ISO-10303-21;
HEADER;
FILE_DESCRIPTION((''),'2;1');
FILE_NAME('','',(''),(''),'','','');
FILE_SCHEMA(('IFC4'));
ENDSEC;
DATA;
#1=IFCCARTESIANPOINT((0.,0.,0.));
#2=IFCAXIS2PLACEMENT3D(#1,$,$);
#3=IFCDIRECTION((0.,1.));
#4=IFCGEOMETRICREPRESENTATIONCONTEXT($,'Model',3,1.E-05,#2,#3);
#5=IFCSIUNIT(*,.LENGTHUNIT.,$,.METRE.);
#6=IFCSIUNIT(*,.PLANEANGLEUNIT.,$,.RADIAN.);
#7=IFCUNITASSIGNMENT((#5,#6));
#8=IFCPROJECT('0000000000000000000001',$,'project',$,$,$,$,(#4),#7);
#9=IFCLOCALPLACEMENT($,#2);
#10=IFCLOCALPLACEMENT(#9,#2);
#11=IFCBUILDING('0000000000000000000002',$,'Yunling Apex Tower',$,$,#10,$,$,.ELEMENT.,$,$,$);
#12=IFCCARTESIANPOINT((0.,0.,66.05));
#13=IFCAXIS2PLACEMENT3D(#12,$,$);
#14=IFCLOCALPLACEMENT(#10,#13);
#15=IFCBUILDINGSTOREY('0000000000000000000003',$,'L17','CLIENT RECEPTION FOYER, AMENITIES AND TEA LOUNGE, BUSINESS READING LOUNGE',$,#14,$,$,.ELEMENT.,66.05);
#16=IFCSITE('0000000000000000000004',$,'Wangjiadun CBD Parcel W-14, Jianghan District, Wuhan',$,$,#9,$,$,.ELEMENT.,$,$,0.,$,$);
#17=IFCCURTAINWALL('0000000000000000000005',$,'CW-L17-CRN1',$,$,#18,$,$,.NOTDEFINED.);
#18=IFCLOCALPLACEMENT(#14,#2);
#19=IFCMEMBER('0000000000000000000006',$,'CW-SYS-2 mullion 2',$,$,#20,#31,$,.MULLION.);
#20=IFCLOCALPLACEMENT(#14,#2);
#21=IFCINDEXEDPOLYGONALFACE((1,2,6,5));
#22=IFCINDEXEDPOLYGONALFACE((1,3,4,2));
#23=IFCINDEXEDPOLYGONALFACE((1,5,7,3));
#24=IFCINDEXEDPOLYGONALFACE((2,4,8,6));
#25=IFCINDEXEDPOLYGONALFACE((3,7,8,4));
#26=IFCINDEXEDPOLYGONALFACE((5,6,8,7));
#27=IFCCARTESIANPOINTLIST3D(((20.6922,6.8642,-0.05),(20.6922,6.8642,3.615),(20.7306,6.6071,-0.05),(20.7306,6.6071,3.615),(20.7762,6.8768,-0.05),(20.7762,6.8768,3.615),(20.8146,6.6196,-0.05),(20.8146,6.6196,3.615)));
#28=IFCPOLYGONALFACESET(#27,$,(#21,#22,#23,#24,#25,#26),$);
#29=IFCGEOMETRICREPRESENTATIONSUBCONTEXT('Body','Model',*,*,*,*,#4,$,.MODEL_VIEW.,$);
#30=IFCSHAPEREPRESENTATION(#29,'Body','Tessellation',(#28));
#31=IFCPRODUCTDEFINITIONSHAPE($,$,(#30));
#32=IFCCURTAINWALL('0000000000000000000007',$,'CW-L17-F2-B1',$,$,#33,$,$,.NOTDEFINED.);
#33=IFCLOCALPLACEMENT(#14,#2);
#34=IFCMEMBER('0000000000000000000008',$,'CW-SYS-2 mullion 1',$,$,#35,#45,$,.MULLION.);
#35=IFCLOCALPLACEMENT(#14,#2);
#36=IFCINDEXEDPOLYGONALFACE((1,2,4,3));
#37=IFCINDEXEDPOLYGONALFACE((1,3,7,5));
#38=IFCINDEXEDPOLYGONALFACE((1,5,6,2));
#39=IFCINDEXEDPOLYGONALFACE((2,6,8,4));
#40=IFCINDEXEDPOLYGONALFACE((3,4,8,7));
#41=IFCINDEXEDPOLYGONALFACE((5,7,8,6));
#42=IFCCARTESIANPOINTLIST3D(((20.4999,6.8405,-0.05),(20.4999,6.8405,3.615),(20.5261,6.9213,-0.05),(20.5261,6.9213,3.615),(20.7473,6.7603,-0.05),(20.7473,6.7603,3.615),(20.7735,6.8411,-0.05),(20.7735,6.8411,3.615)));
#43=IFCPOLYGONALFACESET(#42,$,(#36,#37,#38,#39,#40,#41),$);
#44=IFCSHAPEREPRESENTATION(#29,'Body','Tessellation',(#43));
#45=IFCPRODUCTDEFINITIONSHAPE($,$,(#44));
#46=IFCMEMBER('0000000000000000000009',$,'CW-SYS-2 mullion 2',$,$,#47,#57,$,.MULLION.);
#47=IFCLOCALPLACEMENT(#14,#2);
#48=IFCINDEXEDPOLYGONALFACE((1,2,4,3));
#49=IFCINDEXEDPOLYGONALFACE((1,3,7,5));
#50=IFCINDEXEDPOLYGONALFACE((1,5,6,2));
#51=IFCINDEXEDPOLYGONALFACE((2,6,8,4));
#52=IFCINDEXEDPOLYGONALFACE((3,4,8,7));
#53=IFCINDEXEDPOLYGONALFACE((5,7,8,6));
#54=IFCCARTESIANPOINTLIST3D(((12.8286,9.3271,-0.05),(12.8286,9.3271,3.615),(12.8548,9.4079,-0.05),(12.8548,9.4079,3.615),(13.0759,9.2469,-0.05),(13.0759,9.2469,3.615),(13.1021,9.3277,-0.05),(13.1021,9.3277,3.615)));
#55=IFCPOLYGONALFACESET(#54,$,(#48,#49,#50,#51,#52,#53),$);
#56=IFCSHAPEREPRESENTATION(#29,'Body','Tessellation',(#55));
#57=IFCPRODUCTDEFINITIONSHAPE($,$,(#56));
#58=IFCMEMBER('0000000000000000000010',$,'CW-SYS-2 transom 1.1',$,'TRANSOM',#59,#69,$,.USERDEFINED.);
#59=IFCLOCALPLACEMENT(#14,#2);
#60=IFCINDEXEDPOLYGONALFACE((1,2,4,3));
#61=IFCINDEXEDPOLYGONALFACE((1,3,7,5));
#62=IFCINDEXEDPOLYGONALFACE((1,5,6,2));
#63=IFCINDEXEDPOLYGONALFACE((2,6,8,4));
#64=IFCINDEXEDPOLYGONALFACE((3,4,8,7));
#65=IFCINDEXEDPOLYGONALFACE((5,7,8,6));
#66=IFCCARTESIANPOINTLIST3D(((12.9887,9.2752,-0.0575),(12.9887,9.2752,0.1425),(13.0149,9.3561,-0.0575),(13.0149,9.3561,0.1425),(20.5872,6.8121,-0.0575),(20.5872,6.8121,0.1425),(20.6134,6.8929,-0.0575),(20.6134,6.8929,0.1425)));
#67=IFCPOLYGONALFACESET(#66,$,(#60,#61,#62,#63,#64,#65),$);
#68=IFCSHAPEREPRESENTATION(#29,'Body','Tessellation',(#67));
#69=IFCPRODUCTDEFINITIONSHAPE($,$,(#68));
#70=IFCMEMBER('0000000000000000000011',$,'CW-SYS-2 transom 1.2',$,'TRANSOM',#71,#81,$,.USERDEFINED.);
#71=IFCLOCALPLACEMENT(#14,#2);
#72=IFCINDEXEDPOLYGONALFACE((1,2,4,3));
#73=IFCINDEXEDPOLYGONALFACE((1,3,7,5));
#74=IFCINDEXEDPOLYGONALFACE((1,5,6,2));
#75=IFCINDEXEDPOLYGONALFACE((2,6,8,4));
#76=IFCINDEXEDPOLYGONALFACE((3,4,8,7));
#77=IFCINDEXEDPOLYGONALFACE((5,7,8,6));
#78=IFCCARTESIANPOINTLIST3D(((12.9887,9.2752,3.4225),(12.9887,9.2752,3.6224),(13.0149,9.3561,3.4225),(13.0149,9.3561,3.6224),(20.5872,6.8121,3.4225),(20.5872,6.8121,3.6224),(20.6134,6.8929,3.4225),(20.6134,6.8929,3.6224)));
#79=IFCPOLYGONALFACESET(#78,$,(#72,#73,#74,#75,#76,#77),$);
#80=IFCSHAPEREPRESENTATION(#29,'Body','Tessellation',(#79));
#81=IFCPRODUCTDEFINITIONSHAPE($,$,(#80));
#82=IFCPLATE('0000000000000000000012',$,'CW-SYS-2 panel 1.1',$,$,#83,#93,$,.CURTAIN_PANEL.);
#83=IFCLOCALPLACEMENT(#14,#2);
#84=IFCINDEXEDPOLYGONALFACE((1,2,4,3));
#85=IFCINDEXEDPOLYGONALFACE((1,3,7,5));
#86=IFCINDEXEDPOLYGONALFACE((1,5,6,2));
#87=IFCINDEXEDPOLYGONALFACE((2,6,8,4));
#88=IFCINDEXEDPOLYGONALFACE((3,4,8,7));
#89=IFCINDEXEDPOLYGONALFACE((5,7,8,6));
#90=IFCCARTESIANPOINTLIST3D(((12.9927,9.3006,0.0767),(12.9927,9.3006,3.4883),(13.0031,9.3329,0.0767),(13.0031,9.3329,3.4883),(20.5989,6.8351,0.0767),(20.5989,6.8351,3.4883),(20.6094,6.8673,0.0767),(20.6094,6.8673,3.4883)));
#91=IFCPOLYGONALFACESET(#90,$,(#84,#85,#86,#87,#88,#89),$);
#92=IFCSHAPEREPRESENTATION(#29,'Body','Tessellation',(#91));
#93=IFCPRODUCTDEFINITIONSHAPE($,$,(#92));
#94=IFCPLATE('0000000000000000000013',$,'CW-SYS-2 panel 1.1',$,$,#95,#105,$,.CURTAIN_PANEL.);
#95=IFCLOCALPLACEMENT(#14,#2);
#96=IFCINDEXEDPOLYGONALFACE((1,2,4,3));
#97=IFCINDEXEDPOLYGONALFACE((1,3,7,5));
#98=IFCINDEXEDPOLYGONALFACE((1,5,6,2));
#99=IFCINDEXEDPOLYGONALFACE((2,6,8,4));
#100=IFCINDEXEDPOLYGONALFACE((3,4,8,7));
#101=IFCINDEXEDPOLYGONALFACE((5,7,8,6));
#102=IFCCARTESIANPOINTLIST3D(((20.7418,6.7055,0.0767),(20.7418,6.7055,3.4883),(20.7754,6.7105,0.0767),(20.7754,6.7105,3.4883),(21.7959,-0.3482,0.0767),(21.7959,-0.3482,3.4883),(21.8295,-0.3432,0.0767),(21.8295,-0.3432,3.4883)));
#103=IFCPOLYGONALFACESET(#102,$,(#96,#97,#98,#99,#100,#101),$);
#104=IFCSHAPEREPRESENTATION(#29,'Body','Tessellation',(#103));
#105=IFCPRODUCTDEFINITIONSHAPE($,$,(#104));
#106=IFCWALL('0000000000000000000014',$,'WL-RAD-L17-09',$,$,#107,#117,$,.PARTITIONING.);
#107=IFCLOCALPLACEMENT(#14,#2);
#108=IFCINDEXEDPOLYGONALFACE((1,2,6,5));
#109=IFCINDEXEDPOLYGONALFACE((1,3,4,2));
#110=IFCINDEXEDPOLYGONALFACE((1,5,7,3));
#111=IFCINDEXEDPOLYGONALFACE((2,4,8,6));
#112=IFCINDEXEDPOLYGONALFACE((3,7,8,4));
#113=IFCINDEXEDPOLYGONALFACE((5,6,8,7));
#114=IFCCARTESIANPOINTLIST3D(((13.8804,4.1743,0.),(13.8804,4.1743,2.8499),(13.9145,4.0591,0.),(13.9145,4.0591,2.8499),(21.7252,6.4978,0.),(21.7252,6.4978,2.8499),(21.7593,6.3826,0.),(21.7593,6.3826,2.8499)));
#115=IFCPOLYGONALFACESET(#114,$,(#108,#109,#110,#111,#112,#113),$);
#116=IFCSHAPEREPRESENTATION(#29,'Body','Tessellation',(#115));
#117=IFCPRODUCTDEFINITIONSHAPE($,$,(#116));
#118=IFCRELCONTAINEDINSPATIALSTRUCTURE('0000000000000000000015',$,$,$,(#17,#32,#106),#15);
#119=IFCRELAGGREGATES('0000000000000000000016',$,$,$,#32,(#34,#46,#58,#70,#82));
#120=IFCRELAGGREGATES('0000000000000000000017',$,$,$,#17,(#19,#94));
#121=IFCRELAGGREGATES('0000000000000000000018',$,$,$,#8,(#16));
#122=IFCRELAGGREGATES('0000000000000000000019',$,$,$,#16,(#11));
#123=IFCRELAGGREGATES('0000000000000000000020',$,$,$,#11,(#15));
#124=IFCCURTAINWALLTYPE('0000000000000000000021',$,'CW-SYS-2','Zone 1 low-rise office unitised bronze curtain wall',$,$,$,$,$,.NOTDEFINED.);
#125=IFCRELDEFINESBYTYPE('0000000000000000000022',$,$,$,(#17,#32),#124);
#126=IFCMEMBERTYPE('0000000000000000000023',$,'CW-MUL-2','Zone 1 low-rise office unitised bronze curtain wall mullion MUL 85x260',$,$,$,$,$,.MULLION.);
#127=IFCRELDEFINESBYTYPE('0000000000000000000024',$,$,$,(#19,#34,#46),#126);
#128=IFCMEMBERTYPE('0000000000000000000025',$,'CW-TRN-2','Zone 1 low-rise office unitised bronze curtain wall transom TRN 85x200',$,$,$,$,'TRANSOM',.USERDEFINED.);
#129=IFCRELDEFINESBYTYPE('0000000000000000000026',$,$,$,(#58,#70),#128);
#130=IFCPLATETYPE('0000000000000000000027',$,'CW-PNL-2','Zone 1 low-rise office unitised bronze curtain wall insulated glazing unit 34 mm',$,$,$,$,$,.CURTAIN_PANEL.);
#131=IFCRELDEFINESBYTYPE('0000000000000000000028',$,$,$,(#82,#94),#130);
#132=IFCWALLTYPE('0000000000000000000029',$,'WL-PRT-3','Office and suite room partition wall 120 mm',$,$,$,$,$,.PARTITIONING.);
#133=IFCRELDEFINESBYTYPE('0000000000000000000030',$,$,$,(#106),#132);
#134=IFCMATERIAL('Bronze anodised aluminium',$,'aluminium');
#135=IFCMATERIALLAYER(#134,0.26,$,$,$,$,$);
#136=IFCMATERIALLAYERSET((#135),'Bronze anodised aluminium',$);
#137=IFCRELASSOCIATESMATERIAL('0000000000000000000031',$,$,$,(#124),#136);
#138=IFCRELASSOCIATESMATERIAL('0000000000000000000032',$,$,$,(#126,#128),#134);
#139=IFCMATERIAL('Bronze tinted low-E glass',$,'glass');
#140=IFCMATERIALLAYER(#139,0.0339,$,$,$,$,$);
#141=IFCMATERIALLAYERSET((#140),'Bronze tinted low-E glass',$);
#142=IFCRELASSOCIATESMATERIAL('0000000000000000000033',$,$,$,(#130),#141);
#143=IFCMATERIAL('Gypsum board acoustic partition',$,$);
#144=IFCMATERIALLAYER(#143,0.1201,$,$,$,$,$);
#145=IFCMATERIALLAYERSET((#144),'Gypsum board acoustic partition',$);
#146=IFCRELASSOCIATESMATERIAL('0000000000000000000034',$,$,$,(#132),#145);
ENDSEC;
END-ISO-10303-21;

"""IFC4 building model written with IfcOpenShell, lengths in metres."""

from ifc_helpers import new_model, si_unit, direction, frame, frame_2d, origin, origin_2d, place, context, subcontext, project, spatial, rectangle, extrude, source, transform, mapped, material, layer, layer_set, material_profile, profile_set, type_object, element, aggregate, save


model = new_model("IFC4")

# Units and contexts
model_context = context("Model", 3, precision=1e-05, world=origin(), true_north=direction((0.0, 1.0)))
body_context = subcontext(model_context, "Body", "Model", "MODEL_VIEW")
ifc_project = project(units=[si_unit("LENGTHUNIT", "METRE"), si_unit("PLANEANGLEUNIT", "RADIAN")], contexts=[model_context])

# Site, building, storey
site_placement = place(None, origin())
site = spatial("IfcSite", under=ifc_project, at=site_placement, Name="Wangjiadun CBD Parcel W-14, Jianghan District, Wuhan", CompositionType="ELEMENT", RefElevation=0.0)
building_placement = place(site_placement, origin())
building = spatial("IfcBuilding", under=site, at=building_placement, Name="Yunling Apex Tower", CompositionType="ELEMENT")
storey_placement = place(building_placement, frame((0.0, 0.0, 66.05)))
storey = spatial("IfcBuildingStorey", under=building, at=storey_placement, Name="L17", Description="CLIENT RECEPTION FOYER, AMENITIES AND TEA LOUNGE, BUSINESS READING LOUNGE", CompositionType="ELEMENT", Elevation=66.05)

# Curtain wall, member
ifc_material_1 = material(Name="Bronze anodised aluminium", Category="aluminium")
ifc_layer_1 = layer(ifc_material_1, 0.26)
ifc_layer_set_1 = layer_set([ifc_layer_1], Name="Bronze anodised aluminium")
curtain_wall_type = type_object("IfcCurtainWallType", Name="CW-SYS-2", Description="Zone 1 low-rise office unitised bronze curtain wall", PredefinedType="NOTDEFINED", material=ifc_layer_set_1)
curtain_wall_1_placement = place(storey_placement, origin())
curtain_wall_1 = element("IfcCurtainWall", 1, at=curtain_wall_1_placement, inside=storey, type_object=curtain_wall_type, Name="CW-L17-CRN1", PredefinedType="NOTDEFINED")
ifc_material_profile_1 = material_profile(ifc_material_1, rectangle(XDim=0.085, YDim=0.26, at=origin_2d()))
ifc_profile_set_1 = profile_set([ifc_material_profile_1], Name="Bronze anodised aluminium")
member_type_1 = type_object("IfcMemberType", Name="CW-MUL-2", Description="Zone 1 low-rise office unitised bronze curtain wall mullion MUL 85x260", PredefinedType="MULLION", material=ifc_profile_set_1)
shared_shape_1 = source(origin(), body_context, "Body", "SweptSolid", [
    extrude(rectangle(XDim=0.085, YDim=0.26, at=origin_2d()), origin(), (0.0, 0.0, 1.0), 3.665),
])
member_1_placement = place(storey_placement, frame((20.7534, 6.7419, -0.05), z_axis=(0.0, 0.0, 1.0), x_axis=(-0.989018, -0.147798, 0.0)))
member_1 = element("IfcMember", 2, at=member_1_placement, type_object=member_type_1, Name="CW-SYS-2 mullion 2", PredefinedType="MULLION", context=body_context, shape_type="MappedRepresentation", body=[
    mapped(shared_shape_1, transform((0.0, 0.0, 0.0), scale=1.0)),
])

# Curtain wall, members, plate
curtain_wall_2_placement = place(storey_placement, origin())
curtain_wall_2 = element("IfcCurtainWall", 3, at=curtain_wall_2_placement, inside=storey, type_object=curtain_wall_type, Name="CW-L17-F2-B1", PredefinedType="NOTDEFINED")
member_2_placement = place(storey_placement, frame((20.6367, 6.8408, -0.05), z_axis=(0.0, 0.0, 1.0), x_axis=(-0.308357, -0.951271, 0.0)))
member_2 = element("IfcMember", 4, at=member_2_placement, type_object=member_type_1, Name="CW-SYS-2 mullion 1", PredefinedType="MULLION", context=body_context, shape_type="MappedRepresentation", body=[
    mapped(shared_shape_1, transform((0.0, 0.0, 0.0), scale=1.0)),
])
member_3_placement = place(storey_placement, frame((12.9653, 9.3274, -0.05), z_axis=(0.0, 0.0, 1.0), x_axis=(-0.308357, -0.951271, 0.0)))
member_3 = element("IfcMember", 5, at=member_3_placement, type_object=member_type_1, Name="CW-SYS-2 mullion 2", PredefinedType="MULLION", context=body_context, shape_type="MappedRepresentation", body=[
    mapped(shared_shape_1, transform((0.0, 0.0, 0.0), scale=1.0)),
])
ifc_material_profile_2 = material_profile(ifc_material_1, rectangle(XDim=0.085, YDim=0.2, at=origin_2d()))
ifc_profile_set_2 = profile_set([ifc_material_profile_2], Name="Bronze anodised aluminium")
member_type_2 = type_object("IfcMemberType", Name="CW-TRN-2", Description="Zone 1 low-rise office unitised bronze curtain wall transom TRN 85x200", ElementType="TRANSOM", PredefinedType="USERDEFINED", material=ifc_profile_set_2)
shared_shape_2 = source(origin(), body_context, "Body", "SweptSolid", [
    extrude(rectangle(XDim=0.085, YDim=0.2, at=origin_2d()), origin(), (0.0, 0.0, 1.0), 7.9878),
])
member_4_placement = place(storey_placement, frame((20.6003, 6.8525, 0.0425), z_axis=(-0.95127, 0.308359, 0.0), x_axis=(-0.308359, -0.95127, 0.0)))
member_4 = element("IfcMember", 6, at=member_4_placement, type_object=member_type_2, Name="CW-SYS-2 transom 1.1", ObjectType="TRANSOM", PredefinedType="USERDEFINED", context=body_context, shape_type="MappedRepresentation", body=[
    mapped(shared_shape_2, transform((0.0, 0.0, 0.0), scale=1.0)),
])
member_5_placement = place(storey_placement, frame((20.6003, 6.8525, 3.5225), z_axis=(-0.95127, 0.308359, 0.0), x_axis=(-0.308359, -0.95127, 0.0)))
member_5 = element("IfcMember", 7, at=member_5_placement, type_object=member_type_2, Name="CW-SYS-2 transom 1.2", ObjectType="TRANSOM", PredefinedType="USERDEFINED", context=body_context, shape_type="MappedRepresentation", body=[
    mapped(shared_shape_2, transform((0.0, 0.0, 0.0), scale=1.0)),
])
ifc_material_2 = material(Name="Bronze tinted low-E glass", Category="glass")
ifc_layer_2 = layer(ifc_material_2, 0.0339)
ifc_layer_set_2 = layer_set([ifc_layer_2], Name="Bronze tinted low-E glass")
plate_type = type_object("IfcPlateType", Name="CW-PNL-2", Description="Zone 1 low-rise office unitised bronze curtain wall insulated glazing unit 34 mm", PredefinedType="CURTAIN_PANEL", material=ifc_layer_set_2)
shared_shape_3 = source(origin(), body_context, "Body", "SweptSolid", [
    extrude(rectangle(XDim=7.9958, YDim=0.0339, at=origin_2d()), origin(), (0.0, 0.0, 1.0), 3.4116),
])
plate_1_placement = place(storey_placement, frame((16.801, 8.084, 0.0767), z_axis=(0.0, 0.0, 1.0), x_axis=(-0.951271, 0.308357, 0.0)))
plate_1 = element("IfcPlate", 8, at=plate_1_placement, type_object=plate_type, Name="CW-SYS-2 panel 1.1", PredefinedType="CURTAIN_PANEL", context=body_context, shape_type="MappedRepresentation", body=[
    mapped(shared_shape_3, transform((0.0, 0.0, 0.0), scale=1.0)),
])
aggregate(curtain_wall_2, [member_2, member_3, member_4, member_5, plate_1])

# Plate
shared_shape_4 = source(origin(), body_context, "Body", "SweptSolid", [
    extrude(rectangle(XDim=7.1321, YDim=0.0339, at=origin_2d()), origin(), (0.0, 0.0, 1.0), 3.4116),
])
plate_2_placement = place(storey_placement, frame((21.2856, 3.1812, 0.0767), z_axis=(0.0, 0.0, 1.0), x_axis=(-0.147798, 0.989018, 0.0)))
plate_2 = element("IfcPlate", 9, at=plate_2_placement, type_object=plate_type, Name="CW-SYS-2 panel 1.1", PredefinedType="CURTAIN_PANEL", context=body_context, shape_type="MappedRepresentation", body=[
    mapped(shared_shape_4, transform((0.0, 0.0, 0.0), scale=1.0)),
])
aggregate(curtain_wall_1, [member_1, plate_2])

# Wall
ifc_material_3 = material(Name="Gypsum board acoustic partition")
ifc_layer_3 = layer(ifc_material_3, 0.1201)
ifc_layer_set_3 = layer_set([ifc_layer_3], Name="Gypsum board acoustic partition")
wall_type = type_object("IfcWallType", Name="WL-PRT-3", Description="Office and suite room partition wall 120 mm", PredefinedType="PARTITIONING", material=ifc_layer_set_3)
wall_placement = place(storey_placement, frame((13.8975, 4.1167, 0.0), z_axis=(0.0, 0.0, 1.0), x_axis=(0.958827, 0.28399, 0.0)))
element("IfcWall", 10, at=wall_placement, inside=storey, type_object=wall_type, Name="WL-RAD-L17-09", PredefinedType="PARTITIONING", context=body_context, shape_type="SweptSolid", body=[
    extrude(rectangle(XDim=8.1816, YDim=0.1201, at=frame_2d((4.0908, 0.0))), origin(), (0.0, 0.0, 1.0), 2.8499),
])

save(model, "model.ifc")
